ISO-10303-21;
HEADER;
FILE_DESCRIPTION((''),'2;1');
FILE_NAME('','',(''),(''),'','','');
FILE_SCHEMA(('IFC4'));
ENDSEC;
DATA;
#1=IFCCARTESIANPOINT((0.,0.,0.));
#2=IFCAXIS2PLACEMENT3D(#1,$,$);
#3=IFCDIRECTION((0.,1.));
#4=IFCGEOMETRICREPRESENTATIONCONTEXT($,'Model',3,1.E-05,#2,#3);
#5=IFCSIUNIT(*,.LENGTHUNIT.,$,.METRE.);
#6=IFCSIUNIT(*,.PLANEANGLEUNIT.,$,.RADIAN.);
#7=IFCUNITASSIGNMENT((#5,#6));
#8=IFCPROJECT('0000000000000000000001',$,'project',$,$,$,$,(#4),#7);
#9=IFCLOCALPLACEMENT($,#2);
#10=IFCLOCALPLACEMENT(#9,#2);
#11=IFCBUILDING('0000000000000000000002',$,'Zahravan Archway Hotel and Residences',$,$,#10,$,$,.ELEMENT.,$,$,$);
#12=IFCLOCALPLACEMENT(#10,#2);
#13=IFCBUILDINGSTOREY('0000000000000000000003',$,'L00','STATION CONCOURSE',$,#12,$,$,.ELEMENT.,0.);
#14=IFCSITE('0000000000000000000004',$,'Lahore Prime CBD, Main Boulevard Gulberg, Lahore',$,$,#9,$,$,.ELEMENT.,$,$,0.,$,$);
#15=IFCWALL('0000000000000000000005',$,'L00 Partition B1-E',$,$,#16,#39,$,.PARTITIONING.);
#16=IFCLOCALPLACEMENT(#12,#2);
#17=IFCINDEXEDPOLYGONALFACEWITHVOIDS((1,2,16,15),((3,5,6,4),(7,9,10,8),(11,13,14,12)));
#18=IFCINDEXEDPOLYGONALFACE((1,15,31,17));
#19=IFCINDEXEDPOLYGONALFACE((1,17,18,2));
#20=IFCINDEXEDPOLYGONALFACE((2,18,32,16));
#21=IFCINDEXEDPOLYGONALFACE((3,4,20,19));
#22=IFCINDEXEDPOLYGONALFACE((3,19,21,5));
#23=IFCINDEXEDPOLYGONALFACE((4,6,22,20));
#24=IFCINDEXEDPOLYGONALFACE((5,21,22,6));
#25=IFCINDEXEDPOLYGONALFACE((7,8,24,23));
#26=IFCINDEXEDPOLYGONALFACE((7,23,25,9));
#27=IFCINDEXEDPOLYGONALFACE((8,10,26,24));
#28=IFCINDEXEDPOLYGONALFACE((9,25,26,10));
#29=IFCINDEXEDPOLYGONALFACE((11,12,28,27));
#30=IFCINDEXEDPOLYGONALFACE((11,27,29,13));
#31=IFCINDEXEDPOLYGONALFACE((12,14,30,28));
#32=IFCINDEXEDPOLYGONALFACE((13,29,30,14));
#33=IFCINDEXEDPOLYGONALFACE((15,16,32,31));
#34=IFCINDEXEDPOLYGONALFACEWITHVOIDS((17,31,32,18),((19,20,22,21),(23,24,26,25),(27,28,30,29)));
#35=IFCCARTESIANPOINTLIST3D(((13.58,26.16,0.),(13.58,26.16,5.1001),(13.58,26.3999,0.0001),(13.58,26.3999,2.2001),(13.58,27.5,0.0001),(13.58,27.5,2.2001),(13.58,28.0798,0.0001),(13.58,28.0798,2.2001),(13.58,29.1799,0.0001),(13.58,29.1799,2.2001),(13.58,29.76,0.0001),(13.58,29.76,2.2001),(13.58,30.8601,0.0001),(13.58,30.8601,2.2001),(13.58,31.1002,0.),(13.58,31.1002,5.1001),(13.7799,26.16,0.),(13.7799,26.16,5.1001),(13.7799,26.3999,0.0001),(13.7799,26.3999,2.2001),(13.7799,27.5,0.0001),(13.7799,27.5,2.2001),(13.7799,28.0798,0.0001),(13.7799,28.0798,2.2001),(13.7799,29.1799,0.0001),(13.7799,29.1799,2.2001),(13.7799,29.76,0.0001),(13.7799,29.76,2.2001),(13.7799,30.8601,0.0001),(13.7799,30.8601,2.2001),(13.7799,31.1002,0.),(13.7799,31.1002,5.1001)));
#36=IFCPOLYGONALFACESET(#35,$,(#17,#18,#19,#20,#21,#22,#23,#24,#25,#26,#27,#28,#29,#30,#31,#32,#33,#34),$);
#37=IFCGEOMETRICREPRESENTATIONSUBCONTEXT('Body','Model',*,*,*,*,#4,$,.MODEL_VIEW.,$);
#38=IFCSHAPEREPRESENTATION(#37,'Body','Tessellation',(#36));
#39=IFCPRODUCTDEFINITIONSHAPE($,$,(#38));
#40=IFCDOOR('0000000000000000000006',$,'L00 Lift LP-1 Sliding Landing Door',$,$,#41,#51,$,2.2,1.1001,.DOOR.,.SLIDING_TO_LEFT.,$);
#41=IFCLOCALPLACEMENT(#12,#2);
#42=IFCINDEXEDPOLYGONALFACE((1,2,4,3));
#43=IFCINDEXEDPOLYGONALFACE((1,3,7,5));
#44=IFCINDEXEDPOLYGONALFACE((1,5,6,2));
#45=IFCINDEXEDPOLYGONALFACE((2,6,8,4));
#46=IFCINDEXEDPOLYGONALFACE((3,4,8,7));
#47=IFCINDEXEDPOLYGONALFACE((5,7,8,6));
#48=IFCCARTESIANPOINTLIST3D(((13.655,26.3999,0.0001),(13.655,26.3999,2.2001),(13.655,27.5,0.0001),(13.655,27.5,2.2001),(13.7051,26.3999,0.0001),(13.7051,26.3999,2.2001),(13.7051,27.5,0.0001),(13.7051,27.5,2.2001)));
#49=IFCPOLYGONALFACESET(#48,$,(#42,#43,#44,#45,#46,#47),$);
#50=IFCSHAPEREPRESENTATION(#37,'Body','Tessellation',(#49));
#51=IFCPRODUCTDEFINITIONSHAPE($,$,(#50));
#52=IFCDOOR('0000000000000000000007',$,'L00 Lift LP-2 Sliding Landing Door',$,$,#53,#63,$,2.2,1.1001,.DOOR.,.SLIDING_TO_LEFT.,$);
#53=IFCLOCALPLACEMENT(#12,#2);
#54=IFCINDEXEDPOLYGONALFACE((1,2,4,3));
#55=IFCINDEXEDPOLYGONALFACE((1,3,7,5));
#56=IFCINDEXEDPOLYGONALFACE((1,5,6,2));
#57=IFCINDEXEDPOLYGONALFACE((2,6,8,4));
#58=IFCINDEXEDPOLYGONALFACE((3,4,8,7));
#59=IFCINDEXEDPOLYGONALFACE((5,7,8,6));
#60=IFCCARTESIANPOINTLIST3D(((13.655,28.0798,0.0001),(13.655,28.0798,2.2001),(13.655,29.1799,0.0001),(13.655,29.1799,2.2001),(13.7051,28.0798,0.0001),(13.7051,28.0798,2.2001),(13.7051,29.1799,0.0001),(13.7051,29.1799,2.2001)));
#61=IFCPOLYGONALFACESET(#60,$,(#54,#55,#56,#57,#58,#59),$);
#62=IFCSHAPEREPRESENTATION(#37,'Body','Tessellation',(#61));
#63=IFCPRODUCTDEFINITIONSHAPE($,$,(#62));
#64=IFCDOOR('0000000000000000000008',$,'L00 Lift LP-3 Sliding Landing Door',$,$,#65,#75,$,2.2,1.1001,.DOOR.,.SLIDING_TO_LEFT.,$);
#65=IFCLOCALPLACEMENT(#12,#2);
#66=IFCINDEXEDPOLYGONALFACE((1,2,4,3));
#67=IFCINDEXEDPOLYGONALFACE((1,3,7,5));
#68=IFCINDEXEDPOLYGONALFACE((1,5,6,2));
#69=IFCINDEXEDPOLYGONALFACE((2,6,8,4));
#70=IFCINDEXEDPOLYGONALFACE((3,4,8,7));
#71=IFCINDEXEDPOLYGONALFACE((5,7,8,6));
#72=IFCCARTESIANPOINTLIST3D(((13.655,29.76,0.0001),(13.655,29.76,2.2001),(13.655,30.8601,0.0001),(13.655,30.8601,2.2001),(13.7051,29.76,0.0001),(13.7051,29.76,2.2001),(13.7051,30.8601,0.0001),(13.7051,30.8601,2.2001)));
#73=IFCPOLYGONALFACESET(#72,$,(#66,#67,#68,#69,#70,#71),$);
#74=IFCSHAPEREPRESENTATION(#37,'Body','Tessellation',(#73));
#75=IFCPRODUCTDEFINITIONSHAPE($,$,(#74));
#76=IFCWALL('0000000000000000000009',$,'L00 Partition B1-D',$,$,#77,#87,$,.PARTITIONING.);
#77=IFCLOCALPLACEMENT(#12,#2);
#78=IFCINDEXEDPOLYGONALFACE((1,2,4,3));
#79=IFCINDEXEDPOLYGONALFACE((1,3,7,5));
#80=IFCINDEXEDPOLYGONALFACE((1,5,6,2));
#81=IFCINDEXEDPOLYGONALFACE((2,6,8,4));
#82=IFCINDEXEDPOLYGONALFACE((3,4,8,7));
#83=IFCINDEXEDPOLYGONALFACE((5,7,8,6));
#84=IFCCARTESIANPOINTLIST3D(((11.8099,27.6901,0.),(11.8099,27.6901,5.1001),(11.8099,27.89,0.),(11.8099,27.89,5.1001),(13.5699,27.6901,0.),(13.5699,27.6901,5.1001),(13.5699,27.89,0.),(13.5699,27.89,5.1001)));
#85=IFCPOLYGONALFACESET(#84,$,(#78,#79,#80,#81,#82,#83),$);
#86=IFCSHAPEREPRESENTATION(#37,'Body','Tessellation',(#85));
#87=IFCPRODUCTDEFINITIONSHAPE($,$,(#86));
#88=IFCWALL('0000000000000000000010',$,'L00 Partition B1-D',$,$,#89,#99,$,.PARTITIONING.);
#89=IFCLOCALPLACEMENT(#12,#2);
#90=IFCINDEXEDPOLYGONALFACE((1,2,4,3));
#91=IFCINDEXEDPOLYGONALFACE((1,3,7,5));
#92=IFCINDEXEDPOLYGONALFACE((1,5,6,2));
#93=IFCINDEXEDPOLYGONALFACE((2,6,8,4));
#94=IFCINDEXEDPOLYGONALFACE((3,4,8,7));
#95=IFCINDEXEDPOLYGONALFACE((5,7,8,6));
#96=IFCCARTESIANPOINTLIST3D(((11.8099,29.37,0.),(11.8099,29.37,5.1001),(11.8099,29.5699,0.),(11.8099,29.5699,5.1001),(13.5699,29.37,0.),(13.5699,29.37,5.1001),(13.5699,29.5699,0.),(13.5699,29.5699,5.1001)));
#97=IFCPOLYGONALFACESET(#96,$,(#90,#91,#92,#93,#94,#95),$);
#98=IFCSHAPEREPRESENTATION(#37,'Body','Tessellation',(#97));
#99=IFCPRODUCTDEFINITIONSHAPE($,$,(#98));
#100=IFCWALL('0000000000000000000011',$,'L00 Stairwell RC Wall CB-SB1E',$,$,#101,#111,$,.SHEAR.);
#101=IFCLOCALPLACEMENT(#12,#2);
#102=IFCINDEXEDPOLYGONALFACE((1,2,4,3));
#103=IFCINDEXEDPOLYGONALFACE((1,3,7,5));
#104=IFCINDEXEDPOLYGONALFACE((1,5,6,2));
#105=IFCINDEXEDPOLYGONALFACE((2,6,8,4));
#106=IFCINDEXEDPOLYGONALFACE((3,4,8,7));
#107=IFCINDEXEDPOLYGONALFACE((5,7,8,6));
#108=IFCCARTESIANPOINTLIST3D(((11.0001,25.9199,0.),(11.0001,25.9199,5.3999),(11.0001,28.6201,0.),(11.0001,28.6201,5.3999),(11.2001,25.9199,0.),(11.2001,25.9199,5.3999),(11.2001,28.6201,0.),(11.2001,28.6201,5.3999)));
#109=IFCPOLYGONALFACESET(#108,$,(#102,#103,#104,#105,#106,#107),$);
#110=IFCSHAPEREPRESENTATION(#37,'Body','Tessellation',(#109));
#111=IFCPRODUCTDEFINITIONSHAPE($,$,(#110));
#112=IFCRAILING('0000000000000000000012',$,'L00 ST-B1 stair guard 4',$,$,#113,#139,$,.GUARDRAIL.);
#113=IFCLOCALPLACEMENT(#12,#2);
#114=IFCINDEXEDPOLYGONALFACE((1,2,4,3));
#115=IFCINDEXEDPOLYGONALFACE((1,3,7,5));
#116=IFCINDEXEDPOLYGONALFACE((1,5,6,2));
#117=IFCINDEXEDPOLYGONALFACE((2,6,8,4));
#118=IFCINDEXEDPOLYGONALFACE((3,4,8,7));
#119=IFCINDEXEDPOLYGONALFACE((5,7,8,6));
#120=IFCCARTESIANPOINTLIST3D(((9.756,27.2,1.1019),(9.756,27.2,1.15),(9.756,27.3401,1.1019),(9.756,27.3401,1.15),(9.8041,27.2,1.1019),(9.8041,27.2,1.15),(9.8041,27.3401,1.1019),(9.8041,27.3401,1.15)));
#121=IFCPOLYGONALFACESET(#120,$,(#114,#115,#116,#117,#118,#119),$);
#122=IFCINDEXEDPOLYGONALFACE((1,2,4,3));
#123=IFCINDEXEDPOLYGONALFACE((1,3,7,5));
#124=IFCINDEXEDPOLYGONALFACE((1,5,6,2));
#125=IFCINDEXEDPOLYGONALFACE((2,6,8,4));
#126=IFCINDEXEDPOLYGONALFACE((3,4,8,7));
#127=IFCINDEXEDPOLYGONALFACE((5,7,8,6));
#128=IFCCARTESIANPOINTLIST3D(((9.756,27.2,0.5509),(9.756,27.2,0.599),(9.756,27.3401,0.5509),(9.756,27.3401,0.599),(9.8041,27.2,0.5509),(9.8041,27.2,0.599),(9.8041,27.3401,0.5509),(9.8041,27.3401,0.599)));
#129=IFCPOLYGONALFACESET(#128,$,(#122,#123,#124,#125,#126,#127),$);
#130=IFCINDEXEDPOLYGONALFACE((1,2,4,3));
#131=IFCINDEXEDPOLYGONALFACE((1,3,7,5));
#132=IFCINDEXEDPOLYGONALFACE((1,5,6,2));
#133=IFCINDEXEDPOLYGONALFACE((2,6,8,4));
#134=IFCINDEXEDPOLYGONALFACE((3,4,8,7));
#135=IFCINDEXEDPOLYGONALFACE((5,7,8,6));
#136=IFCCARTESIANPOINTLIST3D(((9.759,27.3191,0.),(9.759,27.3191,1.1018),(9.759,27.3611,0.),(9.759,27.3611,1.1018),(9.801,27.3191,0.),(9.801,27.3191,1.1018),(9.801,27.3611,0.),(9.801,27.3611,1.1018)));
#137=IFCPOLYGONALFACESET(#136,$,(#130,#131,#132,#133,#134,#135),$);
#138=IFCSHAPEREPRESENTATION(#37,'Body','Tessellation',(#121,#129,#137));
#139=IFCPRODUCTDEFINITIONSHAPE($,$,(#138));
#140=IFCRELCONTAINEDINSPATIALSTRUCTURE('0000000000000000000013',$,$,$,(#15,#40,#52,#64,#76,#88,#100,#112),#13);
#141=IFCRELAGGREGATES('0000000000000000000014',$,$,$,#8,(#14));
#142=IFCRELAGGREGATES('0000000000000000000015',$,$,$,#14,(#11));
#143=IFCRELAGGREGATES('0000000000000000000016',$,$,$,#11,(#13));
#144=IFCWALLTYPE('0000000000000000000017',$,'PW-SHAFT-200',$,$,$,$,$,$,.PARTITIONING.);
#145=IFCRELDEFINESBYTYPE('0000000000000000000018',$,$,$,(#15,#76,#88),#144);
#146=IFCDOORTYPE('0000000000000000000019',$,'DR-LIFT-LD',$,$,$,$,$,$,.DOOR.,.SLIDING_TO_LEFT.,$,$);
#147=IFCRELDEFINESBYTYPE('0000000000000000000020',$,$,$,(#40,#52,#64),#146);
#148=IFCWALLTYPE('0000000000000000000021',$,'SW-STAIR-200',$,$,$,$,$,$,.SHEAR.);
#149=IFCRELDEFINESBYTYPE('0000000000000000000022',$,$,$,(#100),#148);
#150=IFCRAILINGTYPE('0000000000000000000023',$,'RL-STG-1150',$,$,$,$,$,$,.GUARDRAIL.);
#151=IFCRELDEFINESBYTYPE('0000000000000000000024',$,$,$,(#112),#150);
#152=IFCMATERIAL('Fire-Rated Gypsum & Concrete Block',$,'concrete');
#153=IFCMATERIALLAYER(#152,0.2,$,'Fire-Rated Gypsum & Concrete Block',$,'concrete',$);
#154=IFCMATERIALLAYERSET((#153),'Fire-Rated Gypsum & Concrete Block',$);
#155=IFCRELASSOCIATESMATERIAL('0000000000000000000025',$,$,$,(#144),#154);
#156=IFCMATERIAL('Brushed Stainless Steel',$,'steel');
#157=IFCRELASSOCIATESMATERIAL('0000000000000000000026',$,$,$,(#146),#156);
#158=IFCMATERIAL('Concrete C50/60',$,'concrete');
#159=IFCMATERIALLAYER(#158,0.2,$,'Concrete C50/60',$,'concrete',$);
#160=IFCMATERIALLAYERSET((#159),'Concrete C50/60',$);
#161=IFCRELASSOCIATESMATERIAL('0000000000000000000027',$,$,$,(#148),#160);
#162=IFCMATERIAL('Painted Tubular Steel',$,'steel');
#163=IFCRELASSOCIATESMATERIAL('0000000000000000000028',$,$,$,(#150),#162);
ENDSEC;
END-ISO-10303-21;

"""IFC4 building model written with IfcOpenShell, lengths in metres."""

from ifc_helpers import new_model, si_unit, direction, frame, frame_2d, origin, origin_2d, place, context, subcontext, project, spatial, rectangle, extrude, source, transform, mapped, material, layer, layer_set, type_object, type_shapes, element, fill, save


model = new_model("IFC4")

# Units and contexts
model_context = context("Model", 3, precision=1e-05, world=origin(), true_north=direction((0.0, 1.0)))
body_context = subcontext(model_context, "Body", "Model", "MODEL_VIEW")
ifc_project = project(units=[si_unit("LENGTHUNIT", "METRE"), si_unit("PLANEANGLEUNIT", "RADIAN")], contexts=[model_context])

# Site, building, storey
site_placement = place(None, origin())
site = spatial("IfcSite", under=ifc_project, at=site_placement, Name="Lahore Prime CBD, Main Boulevard Gulberg, Lahore", CompositionType="ELEMENT", RefElevation=0.0)
building_placement = place(site_placement, origin())
building = spatial("IfcBuilding", under=site, at=building_placement, Name="Zahravan Archway Hotel and Residences", CompositionType="ELEMENT")
storey_placement = place(building_placement, origin())
storey = spatial("IfcBuildingStorey", under=building, at=storey_placement, Name="L00", Description="STATION CONCOURSE", CompositionType="ELEMENT", Elevation=0.0)

# Shared definitions
ifc_material_1 = material(Name="Fire-Rated Gypsum & Concrete Block", Category="concrete")
ifc_layer_1 = layer(ifc_material_1, 0.2, Name="Fire-Rated Gypsum & Concrete Block", Category="concrete")
ifc_layer_set_1 = layer_set([ifc_layer_1], Name="Fire-Rated Gypsum & Concrete Block")
wall_type_1 = type_object("IfcWallType", Name="PW-SHAFT-200", PredefinedType="PARTITIONING", material=ifc_layer_set_1)

# Wall, openings, doors
wall_1_placement = place(storey_placement, frame((13.6799, 26.1599, 0.0), z_axis=(0.0, 0.0, 1.0), x_axis=(0.0, 1.0, 0.0)))
wall_1 = element("IfcWall", 1, at=wall_1_placement, inside=storey, type_object=wall_type_1, Name="L00 Partition B1-E", PredefinedType="PARTITIONING", context=body_context, shape_type="SweptSolid", body=[
    extrude(rectangle(XDim=4.9402, YDim=0.2, at=frame_2d((2.4702, 0.0))), origin(), (0.0, 0.0, 1.0), 5.1001),
])
opening_1_placement = place(wall_1_placement, frame((0.24, 0.0, 0.0)))
opening_1 = element("IfcOpeningElement", 2, at=opening_1_placement, cuts=wall_1, PredefinedType="OPENING", context=body_context, shape_type="SweptSolid", body=[
    extrude(rectangle(XDim=1.1001, YDim=2.2, at=frame_2d((0.55, 1.1001))), frame((0.0, 0.1099, 0.0), z_axis=(0.0, -1.0, 0.0), x_axis=(1.0, 0.0, 0.0)), (0.0, 0.0, 1.0), 0.22),
])
opening_2_placement = place(wall_1_placement, frame((1.9199, 0.0, 0.0)))
opening_2 = element("IfcOpeningElement", 3, at=opening_2_placement, cuts=wall_1, PredefinedType="OPENING", context=body_context, shape_type="SweptSolid", body=[
    extrude(rectangle(XDim=1.1001, YDim=2.2, at=frame_2d((0.55, 1.1001))), frame((0.0, 0.1099, 0.0), z_axis=(0.0, -1.0, 0.0), x_axis=(1.0, 0.0, 0.0)), (0.0, 0.0, 1.0), 0.22),
])
opening_3_placement = place(wall_1_placement, frame((3.6001, 0.0, 0.0)))
opening_3 = element("IfcOpeningElement", 4, at=opening_3_placement, cuts=wall_1, PredefinedType="OPENING", context=body_context, shape_type="SweptSolid", body=[
    extrude(rectangle(XDim=1.1001, YDim=2.2, at=frame_2d((0.55, 1.1001))), frame((0.0, 0.1099, 0.0), z_axis=(0.0, -1.0, 0.0), x_axis=(1.0, 0.0, 0.0)), (0.0, 0.0, 1.0), 0.22),
])
ifc_material_2 = material(Name="Brushed Stainless Steel", Category="steel")
door_type_1 = type_object("IfcDoorType", Name="DR-LIFT-LD", OperationType="SLIDING_TO_LEFT", PredefinedType="DOOR", material=ifc_material_2)
shared_shape_1 = source(origin(), body_context, "Body", "SweptSolid", [
    extrude(rectangle(XDim=1.1001, YDim=2.2, at=frame_2d((0.55, 1.1001))), frame((0.0, 0.0249, 0.0), z_axis=(0.0, -1.0, 0.0), x_axis=(1.0, 0.0, 0.0)), (0.0, 0.0, 1.0), 0.05),
])
type_shapes(door_type_1, [shared_shape_1])
door_1_placement = place(opening_1_placement, origin())
door_1 = element("IfcDoor", 5, at=door_1_placement, inside=storey, type_object=door_type_1, Name="L00 Lift LP-1 Sliding Landing Door", OperationType="SLIDING_TO_LEFT", OverallHeight=2.2, OverallWidth=1.1001, PredefinedType="DOOR", context=body_context, shape_type="MappedRepresentation", body=[
    mapped(shared_shape_1, transform((0.0, 0.0, 0.0), scale=1.0)),
])
fill(opening_1, door_1)
door_2_placement = place(opening_2_placement, origin())
door_2 = element("IfcDoor", 6, at=door_2_placement, inside=storey, type_object=door_type_1, Name="L00 Lift LP-2 Sliding Landing Door", OperationType="SLIDING_TO_LEFT", OverallHeight=2.2, OverallWidth=1.1001, PredefinedType="DOOR", context=body_context, shape_type="MappedRepresentation", body=[
    mapped(shared_shape_1, transform((0.0, 0.0, 0.0), scale=1.0)),
])
fill(opening_2, door_2)
door_3_placement = place(opening_3_placement, origin())
door_3 = element("IfcDoor", 7, at=door_3_placement, inside=storey, type_object=door_type_1, Name="L00 Lift LP-3 Sliding Landing Door", OperationType="SLIDING_TO_LEFT", OverallHeight=2.2, OverallWidth=1.1001, PredefinedType="DOOR", context=body_context, shape_type="MappedRepresentation", body=[
    mapped(shared_shape_1, transform((0.0, 0.0, 0.0), scale=1.0)),
])
fill(opening_3, door_3)

# Walls
for number, where, z_axis, x_axis, name in (
    (8, (11.8101, 27.79, 0.0), (0.0, 0.0, 1.0), (1.0, 0.0, 0.0), "L00 Partition B1-D"),
    (9, (11.8101, 29.47, 0.0), (0.0, 0.0, 1.0), (1.0, 0.0, 0.0), "L00 Partition B1-D"),
):
    element("IfcWall", number, at=place(storey_placement, frame(where, z_axis=z_axis, x_axis=x_axis)), inside=storey, type_object=wall_type_1, Name=name, PredefinedType="PARTITIONING", context=body_context, shape_type="SweptSolid", body=[
        extrude(rectangle(XDim=1.76, YDim=0.2, at=frame_2d((0.8799, 0.0))), origin(), (0.0, 0.0, 1.0), 5.1001),
    ])
ifc_material_3 = material(Name="Concrete C50/60", Category="concrete")
ifc_layer_2 = layer(ifc_material_3, 0.2, Name="Concrete C50/60", Category="concrete")
ifc_layer_set_2 = layer_set([ifc_layer_2], Name="Concrete C50/60")
wall_type_2 = type_object("IfcWallType", Name="SW-STAIR-200", PredefinedType="SHEAR", material=ifc_layer_set_2)
wall_2_placement = place(storey_placement, frame((11.1001, 25.9199, 0.0), z_axis=(0.0, 0.0, 1.0), x_axis=(0.0, 1.0, 0.0)))
element("IfcWall", 10, at=wall_2_placement, inside=storey, type_object=wall_type_2, Name="L00 Stairwell RC Wall CB-SB1E", PredefinedType="SHEAR", context=body_context, shape_type="SweptSolid", body=[
    extrude(rectangle(XDim=2.7002, YDim=0.2, at=frame_2d((1.3501, 0.0))), origin(), (0.0, 0.0, 1.0), 5.3999),
])

# Railing
ifc_material_4 = material(Name="Painted Tubular Steel", Category="steel")
railing_type = type_object("IfcRailingType", Name="RL-STG-1150", PredefinedType="GUARDRAIL", material=ifc_material_4)
railing_placement = place(storey_placement, frame((9.78, 27.3401, 0.0)))
element("IfcRailing", 11, at=railing_placement, inside=storey, type_object=railing_type, Name="L00 ST-B1 stair guard 4", PredefinedType="GUARDRAIL", context=body_context, shape_type="SweptSolid", body=[
    extrude(rectangle(XDim=0.0481, YDim=0.0481, at=origin_2d()), frame((0.0, 0.0, 1.126), z_axis=(0.0, -1.0, 0.0), x_axis=(1.0, 0.0, 0.0)), (0.0, 0.0, 1.0), 0.1401),
    extrude(rectangle(XDim=0.0481, YDim=0.0481, at=origin_2d()), frame((0.0, 0.0, 0.575), z_axis=(0.0, -1.0, 0.0), x_axis=(1.0, 0.0, 0.0)), (0.0, 0.0, 1.0), 0.1401),
    extrude(rectangle(XDim=0.042, YDim=0.042, at=origin_2d()), origin(), (0.0, 0.0, 1.0), 1.1018),
])

save(model, "model.ifc")
